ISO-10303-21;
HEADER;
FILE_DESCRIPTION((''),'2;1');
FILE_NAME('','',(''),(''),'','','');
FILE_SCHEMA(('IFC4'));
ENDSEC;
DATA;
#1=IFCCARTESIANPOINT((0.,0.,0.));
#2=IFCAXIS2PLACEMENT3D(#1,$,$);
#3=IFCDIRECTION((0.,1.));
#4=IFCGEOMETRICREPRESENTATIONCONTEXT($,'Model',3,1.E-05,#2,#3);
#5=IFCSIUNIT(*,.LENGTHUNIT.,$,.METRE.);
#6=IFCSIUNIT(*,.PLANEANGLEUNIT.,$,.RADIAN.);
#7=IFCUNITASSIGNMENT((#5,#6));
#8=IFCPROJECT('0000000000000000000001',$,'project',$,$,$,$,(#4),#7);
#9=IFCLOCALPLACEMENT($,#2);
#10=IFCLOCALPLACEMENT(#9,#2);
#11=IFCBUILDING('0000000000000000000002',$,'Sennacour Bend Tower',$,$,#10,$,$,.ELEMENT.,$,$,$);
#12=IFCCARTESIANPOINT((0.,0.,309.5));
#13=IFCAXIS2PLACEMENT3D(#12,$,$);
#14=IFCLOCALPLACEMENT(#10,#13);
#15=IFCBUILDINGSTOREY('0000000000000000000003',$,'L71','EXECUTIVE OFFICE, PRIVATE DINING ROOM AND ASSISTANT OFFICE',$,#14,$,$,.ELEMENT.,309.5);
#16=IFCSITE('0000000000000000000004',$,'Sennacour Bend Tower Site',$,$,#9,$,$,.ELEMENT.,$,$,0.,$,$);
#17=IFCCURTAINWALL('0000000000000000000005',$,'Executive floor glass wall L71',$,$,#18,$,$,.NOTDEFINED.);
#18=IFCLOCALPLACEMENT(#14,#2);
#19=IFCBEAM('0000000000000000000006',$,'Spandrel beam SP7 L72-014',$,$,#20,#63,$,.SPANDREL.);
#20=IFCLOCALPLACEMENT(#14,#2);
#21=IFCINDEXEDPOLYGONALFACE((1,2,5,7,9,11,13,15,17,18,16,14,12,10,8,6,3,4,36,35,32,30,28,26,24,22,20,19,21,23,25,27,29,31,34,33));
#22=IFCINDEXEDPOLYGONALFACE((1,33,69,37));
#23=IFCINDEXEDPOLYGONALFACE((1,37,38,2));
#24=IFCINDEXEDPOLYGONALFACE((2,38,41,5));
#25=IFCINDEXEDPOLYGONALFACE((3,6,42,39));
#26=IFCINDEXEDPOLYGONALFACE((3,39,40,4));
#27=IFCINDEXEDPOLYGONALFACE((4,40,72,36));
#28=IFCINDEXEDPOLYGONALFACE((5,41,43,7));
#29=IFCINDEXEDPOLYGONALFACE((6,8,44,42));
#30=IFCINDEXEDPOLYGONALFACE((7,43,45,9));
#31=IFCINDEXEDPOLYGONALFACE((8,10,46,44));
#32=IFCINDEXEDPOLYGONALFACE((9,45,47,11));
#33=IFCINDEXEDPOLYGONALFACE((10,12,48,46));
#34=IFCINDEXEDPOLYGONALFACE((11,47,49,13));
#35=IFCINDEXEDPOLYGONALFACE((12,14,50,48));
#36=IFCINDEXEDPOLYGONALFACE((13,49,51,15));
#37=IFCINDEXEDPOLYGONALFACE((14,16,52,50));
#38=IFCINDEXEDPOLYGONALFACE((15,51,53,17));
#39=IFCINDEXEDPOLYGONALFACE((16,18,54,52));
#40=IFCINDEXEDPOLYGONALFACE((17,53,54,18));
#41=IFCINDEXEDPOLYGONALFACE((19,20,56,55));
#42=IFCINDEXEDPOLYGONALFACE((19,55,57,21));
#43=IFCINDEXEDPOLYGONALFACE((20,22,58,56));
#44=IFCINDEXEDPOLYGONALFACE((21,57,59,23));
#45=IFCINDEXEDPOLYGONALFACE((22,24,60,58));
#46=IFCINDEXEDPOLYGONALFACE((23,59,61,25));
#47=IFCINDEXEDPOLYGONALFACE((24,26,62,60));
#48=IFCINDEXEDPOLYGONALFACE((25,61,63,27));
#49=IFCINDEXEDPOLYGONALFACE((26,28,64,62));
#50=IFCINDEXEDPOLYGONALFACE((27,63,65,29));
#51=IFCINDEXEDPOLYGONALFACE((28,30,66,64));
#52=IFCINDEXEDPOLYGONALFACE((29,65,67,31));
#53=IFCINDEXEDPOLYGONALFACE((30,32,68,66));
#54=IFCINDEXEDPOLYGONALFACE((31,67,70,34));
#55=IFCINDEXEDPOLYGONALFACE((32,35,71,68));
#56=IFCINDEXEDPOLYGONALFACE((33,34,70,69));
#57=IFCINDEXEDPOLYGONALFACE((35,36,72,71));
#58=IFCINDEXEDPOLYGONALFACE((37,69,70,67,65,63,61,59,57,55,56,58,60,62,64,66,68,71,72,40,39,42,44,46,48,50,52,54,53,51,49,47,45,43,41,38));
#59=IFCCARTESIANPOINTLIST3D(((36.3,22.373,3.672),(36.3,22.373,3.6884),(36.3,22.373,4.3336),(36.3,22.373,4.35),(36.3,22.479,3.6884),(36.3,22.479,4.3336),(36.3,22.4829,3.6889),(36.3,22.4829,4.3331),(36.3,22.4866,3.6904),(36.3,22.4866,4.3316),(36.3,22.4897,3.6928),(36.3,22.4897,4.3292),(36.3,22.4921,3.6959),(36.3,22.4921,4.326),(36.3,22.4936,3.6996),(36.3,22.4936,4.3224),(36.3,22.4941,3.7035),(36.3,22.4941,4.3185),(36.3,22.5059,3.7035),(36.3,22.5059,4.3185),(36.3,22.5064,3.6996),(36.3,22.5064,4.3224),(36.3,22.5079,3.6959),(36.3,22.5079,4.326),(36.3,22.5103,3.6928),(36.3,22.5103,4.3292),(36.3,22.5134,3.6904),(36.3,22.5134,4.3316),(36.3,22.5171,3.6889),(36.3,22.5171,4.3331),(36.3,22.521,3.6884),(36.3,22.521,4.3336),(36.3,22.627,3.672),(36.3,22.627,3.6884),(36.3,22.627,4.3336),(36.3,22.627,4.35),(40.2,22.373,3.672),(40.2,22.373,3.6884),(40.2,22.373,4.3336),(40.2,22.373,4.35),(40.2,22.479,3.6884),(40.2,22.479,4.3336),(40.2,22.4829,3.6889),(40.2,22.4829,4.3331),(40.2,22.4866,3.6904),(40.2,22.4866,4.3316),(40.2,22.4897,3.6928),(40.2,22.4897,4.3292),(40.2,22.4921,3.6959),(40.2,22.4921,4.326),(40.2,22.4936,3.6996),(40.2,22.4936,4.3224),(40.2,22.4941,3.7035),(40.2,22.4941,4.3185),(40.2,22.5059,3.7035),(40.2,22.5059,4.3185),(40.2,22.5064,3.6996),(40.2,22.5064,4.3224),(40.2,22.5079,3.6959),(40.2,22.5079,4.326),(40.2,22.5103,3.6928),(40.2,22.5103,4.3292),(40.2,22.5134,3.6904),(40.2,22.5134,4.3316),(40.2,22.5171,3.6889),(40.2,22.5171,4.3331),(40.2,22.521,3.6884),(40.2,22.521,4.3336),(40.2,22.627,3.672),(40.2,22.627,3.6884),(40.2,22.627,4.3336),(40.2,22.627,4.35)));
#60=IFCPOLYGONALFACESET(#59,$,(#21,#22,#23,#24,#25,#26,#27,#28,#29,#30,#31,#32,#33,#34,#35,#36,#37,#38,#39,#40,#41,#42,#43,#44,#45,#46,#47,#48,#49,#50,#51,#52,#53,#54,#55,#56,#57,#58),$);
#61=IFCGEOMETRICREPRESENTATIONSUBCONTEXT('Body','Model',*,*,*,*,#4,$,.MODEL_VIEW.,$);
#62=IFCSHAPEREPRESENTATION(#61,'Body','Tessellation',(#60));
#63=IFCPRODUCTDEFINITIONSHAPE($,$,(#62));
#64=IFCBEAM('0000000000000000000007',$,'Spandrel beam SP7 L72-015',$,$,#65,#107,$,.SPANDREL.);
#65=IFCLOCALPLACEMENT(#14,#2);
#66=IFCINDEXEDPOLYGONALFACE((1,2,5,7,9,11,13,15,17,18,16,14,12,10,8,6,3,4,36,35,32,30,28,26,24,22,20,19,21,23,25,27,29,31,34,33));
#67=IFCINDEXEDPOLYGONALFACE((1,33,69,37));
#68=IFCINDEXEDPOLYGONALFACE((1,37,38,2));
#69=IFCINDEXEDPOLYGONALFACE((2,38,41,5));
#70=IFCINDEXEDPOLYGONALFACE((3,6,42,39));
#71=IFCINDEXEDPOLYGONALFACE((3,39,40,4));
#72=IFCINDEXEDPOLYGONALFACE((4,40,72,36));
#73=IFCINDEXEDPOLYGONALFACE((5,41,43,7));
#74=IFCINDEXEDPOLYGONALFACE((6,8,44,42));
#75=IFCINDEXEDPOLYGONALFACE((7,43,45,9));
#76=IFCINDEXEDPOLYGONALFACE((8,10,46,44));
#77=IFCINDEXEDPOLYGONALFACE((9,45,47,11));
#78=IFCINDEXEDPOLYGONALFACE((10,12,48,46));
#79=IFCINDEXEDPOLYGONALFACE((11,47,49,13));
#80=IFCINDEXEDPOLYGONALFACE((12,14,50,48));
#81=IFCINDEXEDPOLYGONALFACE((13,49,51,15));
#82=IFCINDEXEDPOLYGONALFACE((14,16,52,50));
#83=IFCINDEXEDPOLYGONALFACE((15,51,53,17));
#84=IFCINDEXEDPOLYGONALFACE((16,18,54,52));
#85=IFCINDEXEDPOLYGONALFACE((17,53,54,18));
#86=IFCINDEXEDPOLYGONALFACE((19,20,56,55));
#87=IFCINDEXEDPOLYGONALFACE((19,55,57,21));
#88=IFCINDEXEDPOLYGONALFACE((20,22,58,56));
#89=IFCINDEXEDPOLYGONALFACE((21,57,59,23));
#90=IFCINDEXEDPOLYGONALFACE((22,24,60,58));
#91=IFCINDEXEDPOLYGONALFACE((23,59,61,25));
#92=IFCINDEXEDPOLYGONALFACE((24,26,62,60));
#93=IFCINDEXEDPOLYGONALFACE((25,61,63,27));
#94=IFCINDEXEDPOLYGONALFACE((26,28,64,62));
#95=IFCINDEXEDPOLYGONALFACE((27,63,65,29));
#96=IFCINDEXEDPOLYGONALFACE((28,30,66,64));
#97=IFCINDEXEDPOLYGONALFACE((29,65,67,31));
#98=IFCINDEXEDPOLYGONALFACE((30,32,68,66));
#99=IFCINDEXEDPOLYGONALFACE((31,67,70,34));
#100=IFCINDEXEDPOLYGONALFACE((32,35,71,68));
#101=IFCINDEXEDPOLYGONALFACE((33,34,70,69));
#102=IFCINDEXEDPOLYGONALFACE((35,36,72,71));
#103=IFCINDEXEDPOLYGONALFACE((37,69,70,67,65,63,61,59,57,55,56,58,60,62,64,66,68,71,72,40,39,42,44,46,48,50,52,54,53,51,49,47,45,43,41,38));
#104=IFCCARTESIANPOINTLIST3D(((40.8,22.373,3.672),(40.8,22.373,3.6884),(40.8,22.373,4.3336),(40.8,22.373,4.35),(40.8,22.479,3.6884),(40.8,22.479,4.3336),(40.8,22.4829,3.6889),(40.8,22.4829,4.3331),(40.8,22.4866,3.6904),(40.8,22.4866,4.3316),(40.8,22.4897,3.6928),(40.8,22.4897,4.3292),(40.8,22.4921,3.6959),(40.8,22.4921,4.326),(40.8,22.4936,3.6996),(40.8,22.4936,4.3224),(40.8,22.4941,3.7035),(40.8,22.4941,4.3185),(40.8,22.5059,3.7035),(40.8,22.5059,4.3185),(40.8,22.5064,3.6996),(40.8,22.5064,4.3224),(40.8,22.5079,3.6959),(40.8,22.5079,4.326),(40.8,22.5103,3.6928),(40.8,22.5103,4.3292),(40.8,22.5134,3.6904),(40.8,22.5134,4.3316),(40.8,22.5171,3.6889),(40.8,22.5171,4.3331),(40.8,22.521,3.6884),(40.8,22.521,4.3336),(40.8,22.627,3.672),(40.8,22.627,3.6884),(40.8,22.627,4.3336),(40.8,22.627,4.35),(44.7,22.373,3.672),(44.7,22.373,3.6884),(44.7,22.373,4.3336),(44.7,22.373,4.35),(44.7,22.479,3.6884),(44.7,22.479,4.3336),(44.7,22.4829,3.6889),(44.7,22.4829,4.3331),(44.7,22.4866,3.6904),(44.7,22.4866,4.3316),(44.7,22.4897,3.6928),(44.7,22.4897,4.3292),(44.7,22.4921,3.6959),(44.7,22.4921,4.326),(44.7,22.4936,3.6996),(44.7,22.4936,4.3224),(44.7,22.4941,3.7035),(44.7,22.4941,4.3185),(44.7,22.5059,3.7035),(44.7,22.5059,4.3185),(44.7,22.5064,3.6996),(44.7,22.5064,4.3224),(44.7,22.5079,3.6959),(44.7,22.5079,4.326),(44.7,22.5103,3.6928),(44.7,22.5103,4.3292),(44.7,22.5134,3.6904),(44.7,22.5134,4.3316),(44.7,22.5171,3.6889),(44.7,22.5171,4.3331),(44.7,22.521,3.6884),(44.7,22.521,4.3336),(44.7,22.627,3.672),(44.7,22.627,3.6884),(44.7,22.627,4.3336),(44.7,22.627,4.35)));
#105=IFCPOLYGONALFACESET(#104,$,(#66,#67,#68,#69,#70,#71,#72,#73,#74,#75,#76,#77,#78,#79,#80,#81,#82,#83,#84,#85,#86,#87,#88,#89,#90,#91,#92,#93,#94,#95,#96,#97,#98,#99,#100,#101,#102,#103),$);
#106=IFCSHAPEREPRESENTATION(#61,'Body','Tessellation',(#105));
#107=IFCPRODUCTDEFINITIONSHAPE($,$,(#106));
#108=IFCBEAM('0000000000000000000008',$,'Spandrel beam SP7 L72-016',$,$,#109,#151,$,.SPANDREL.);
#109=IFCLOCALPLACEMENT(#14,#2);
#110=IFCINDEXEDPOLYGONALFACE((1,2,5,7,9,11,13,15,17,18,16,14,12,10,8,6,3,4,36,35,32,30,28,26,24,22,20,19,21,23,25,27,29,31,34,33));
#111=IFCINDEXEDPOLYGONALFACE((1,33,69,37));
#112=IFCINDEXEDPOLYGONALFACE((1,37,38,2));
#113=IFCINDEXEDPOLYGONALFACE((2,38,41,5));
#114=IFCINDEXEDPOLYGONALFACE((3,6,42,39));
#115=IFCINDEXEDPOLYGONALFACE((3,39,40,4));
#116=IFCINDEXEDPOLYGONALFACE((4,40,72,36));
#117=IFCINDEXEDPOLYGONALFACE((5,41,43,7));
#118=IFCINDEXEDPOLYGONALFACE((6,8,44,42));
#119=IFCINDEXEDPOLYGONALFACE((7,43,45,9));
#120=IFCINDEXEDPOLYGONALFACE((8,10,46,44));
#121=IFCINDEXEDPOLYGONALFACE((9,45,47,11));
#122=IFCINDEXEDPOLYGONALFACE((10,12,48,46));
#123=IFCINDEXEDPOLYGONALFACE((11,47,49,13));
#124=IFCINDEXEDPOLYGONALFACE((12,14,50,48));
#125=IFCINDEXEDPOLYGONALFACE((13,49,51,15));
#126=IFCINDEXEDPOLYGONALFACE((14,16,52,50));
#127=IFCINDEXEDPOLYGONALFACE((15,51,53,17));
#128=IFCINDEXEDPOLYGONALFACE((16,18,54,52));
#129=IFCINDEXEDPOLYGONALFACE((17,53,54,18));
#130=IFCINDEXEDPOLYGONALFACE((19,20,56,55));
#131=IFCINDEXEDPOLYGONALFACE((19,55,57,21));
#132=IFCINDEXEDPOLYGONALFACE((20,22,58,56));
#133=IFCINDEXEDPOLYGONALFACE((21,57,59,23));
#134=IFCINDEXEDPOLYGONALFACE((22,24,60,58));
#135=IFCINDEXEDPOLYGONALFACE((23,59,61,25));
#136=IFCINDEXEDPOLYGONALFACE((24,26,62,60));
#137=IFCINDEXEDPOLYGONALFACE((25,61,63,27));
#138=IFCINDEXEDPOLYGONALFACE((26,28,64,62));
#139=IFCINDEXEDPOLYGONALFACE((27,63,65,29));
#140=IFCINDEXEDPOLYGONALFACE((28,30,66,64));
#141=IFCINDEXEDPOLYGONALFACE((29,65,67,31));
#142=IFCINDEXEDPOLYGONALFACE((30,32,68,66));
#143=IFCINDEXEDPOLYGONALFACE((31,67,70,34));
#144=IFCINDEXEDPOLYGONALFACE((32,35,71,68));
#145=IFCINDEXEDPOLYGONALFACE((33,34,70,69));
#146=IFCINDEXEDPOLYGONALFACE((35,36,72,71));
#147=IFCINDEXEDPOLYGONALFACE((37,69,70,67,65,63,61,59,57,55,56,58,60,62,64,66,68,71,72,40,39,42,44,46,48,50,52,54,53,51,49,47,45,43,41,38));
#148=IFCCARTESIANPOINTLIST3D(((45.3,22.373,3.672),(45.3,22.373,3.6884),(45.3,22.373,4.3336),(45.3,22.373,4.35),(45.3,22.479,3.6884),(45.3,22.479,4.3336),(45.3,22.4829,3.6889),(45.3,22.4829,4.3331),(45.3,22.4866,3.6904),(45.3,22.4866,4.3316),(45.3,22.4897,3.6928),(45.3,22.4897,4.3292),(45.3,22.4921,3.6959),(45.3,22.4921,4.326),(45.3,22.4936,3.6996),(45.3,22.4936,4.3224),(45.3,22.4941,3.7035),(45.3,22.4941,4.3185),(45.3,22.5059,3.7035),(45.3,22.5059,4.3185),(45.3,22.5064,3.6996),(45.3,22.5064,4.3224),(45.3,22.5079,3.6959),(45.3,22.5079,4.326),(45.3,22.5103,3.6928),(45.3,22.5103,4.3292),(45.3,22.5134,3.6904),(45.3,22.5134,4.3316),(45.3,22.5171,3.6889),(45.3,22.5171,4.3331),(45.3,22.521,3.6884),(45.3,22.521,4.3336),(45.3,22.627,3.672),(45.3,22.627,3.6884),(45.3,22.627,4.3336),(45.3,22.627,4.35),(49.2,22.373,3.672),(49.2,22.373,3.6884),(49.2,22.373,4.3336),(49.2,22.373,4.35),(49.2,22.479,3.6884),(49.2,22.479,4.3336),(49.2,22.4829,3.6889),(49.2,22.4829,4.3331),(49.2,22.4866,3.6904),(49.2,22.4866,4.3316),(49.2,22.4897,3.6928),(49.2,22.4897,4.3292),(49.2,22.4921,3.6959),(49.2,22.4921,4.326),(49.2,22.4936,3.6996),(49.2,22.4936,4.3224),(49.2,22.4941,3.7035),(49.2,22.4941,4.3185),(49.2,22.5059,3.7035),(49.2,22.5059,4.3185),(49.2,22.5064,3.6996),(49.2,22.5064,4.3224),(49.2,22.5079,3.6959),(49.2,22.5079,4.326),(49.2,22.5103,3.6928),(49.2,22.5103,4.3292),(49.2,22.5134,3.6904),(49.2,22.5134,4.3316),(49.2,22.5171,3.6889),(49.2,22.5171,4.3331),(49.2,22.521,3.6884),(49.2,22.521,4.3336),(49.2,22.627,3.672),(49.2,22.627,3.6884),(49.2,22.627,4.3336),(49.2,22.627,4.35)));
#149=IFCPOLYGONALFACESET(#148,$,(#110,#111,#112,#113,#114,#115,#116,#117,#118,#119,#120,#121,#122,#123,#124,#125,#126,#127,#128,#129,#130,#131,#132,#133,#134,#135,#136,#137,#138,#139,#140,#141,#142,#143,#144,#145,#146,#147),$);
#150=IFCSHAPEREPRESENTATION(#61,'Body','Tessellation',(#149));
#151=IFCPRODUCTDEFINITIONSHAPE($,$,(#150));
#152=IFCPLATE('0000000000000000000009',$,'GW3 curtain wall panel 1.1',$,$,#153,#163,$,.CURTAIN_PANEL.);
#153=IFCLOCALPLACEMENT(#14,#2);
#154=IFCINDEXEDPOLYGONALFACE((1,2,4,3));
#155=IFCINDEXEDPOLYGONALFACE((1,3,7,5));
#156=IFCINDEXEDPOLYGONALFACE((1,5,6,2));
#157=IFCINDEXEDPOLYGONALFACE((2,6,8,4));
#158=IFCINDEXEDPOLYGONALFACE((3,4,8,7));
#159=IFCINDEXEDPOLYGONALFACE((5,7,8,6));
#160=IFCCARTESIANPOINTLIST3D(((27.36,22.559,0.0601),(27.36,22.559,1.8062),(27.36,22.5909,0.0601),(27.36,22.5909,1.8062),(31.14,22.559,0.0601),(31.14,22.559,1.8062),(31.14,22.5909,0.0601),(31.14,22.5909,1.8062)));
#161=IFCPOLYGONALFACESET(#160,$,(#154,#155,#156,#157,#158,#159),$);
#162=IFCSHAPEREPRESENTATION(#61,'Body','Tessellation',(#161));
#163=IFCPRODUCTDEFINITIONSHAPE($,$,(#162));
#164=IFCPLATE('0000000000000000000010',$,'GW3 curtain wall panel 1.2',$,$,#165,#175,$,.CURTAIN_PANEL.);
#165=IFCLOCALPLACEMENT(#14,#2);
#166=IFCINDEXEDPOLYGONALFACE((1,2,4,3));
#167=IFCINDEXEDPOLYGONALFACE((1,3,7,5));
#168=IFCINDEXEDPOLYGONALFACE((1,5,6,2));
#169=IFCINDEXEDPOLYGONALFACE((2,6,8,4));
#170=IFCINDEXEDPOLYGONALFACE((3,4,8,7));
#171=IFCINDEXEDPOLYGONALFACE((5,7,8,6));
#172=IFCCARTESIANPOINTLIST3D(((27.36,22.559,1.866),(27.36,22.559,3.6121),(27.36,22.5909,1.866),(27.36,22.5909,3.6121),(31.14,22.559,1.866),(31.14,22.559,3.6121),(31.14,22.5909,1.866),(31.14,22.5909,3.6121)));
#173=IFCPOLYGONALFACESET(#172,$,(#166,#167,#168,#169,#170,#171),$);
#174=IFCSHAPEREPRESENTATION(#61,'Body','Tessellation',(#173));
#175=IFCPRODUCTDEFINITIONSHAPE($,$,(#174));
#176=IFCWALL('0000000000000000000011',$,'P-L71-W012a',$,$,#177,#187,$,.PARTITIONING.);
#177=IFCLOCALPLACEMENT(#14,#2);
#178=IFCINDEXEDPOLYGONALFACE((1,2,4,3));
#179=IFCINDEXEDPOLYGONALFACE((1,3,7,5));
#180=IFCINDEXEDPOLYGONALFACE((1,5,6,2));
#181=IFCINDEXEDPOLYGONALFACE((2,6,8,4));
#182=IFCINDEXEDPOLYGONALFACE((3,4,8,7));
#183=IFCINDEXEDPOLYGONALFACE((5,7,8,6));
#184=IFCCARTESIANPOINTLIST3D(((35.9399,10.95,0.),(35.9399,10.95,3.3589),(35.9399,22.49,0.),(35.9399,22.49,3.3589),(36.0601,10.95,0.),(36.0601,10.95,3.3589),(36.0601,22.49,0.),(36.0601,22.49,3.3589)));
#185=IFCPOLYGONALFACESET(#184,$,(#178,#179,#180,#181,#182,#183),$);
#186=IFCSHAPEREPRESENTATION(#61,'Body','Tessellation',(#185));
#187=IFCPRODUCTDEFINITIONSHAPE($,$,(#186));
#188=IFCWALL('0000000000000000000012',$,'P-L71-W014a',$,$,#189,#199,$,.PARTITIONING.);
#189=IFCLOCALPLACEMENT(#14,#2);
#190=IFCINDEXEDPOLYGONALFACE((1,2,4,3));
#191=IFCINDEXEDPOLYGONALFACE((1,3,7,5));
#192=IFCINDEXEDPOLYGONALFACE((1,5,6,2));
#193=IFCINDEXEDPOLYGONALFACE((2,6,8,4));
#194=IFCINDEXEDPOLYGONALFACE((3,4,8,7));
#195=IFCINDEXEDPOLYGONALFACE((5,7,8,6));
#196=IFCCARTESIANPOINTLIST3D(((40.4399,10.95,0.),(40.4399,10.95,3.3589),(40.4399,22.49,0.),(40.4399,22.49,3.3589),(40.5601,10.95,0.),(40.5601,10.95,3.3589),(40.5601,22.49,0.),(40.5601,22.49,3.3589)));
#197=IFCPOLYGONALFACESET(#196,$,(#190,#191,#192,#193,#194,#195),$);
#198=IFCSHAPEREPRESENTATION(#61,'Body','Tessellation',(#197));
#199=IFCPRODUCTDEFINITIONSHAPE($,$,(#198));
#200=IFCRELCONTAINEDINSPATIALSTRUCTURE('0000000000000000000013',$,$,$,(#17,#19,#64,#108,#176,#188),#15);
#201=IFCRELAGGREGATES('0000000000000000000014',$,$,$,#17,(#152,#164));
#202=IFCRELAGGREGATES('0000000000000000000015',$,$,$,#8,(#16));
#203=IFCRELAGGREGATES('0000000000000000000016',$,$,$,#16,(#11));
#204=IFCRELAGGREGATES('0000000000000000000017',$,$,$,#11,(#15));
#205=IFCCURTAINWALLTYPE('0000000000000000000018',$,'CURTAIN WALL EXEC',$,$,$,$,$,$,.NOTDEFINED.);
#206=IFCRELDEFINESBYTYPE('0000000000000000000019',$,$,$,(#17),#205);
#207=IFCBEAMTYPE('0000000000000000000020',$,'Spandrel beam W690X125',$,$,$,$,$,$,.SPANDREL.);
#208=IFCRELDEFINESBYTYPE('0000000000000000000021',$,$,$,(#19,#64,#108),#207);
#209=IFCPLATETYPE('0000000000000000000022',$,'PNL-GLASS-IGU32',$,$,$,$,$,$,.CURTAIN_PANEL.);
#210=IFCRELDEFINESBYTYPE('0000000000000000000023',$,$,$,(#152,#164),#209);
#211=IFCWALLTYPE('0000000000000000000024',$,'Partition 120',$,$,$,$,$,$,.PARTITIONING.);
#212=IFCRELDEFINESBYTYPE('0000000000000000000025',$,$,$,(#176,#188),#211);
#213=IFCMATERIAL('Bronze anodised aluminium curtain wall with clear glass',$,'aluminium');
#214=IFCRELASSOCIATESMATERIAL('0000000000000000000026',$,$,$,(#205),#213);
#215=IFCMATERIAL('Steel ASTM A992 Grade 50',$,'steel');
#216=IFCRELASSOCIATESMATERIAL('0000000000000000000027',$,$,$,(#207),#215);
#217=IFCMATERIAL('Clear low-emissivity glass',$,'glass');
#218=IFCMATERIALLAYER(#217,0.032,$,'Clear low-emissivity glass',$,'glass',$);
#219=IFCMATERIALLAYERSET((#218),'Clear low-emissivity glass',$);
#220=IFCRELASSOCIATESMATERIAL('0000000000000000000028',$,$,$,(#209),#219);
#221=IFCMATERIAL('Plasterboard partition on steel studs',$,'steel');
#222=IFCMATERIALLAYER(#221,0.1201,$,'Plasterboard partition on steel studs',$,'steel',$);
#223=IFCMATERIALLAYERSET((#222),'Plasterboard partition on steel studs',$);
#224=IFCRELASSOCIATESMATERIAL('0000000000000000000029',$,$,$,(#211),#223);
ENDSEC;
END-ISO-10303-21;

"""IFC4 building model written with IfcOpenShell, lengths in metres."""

from ifc_helpers import new_model, si_unit, direction, frame, frame_2d, origin, origin_2d, place, context, subcontext, project, spatial, rectangle, i_section, extrude, material, layer, layer_set, material_profile, profile_set, type_object, element, aggregate, save


model = new_model("IFC4")

# Units and contexts
model_context = context("Model", 3, precision=1e-05, world=origin(), true_north=direction((0.0, 1.0)))
body_context = subcontext(model_context, "Body", "Model", "MODEL_VIEW")
ifc_project = project(units=[si_unit("LENGTHUNIT", "METRE"), si_unit("PLANEANGLEUNIT", "RADIAN")], contexts=[model_context])

# Site, building, storey
site_placement = place(None, origin())
site = spatial("IfcSite", under=ifc_project, at=site_placement, Name="Sennacour Bend Tower Site", CompositionType="ELEMENT", RefElevation=0.0)
building_placement = place(site_placement, origin())
building = spatial("IfcBuilding", under=site, at=building_placement, Name="Sennacour Bend Tower", CompositionType="ELEMENT")
storey_placement = place(building_placement, frame((0.0, 0.0, 309.5)))
storey = spatial("IfcBuildingStorey", under=building, at=storey_placement, Name="L71", Description="EXECUTIVE OFFICE, PRIVATE DINING ROOM AND ASSISTANT OFFICE", CompositionType="ELEMENT", Elevation=309.5)

# Curtain wall
ifc_material_1 = material(Name="Bronze anodised aluminium curtain wall with clear glass", Category="aluminium")
curtain_wall_type = type_object("IfcCurtainWallType", Name="CURTAIN WALL EXEC", PredefinedType="NOTDEFINED", material=ifc_material_1)
curtain_wall_placement = place(storey_placement, origin())
curtain_wall = element("IfcCurtainWall", 1, at=curtain_wall_placement, inside=storey, type_object=curtain_wall_type, Name="Executive floor glass wall L71", PredefinedType="NOTDEFINED")

# Beams
ifc_material_2 = material(Name="Steel ASTM A992 Grade 50", Category="steel")
ifc_material_profile_1 = material_profile(ifc_material_2, i_section(OverallWidth=0.2539, OverallDepth=0.678, WebThickness=0.0117, FlangeThickness=0.0164, FilletRadius=0.0151, at=origin_2d()), Name="Steel ASTM A992 Grade 50", Category="steel")
ifc_profile_set_1 = profile_set([ifc_material_profile_1], Name="Steel ASTM A992 Grade 50")
beam_type = type_object("IfcBeamType", Name="Spandrel beam W690X125", PredefinedType="SPANDREL", material=ifc_profile_set_1)
for number, where, z_axis, x_axis, name in (
    (2, (36.3, 22.5, 4.011), (1.0, 0.0, 0.0), (0.0, 1.0, 0.0), "Spandrel beam SP7 L72-014"),
    (3, (40.8, 22.5, 4.011), (1.0, 0.0, 0.0), (0.0, 1.0, 0.0), "Spandrel beam SP7 L72-015"),
    (4, (45.3, 22.5, 4.011), (1.0, 0.0, 0.0), (0.0, 1.0, 0.0), "Spandrel beam SP7 L72-016"),
):
    element("IfcBeam", number, at=place(storey_placement, frame(where, z_axis=z_axis, x_axis=x_axis)), inside=storey, type_object=beam_type, Name=name, PredefinedType="SPANDREL", context=body_context, shape_type="SweptSolid", body=[
        extrude(i_section(OverallWidth=0.2539, OverallDepth=0.678, WebThickness=0.0117, FlangeThickness=0.0164, FilletRadius=0.0151, at=origin_2d()), origin(), (0.0, 0.0, 1.0), 3.8999),
    ])

# Plates
ifc_material_3 = material(Name="Clear low-emissivity glass", Category="glass")
ifc_layer_1 = layer(ifc_material_3, 0.032, Name="Clear low-emissivity glass", Category="glass")
ifc_layer_set_1 = layer_set([ifc_layer_1], Name="Clear low-emissivity glass")
plate_type = type_object("IfcPlateType", Name="PNL-GLASS-IGU32", PredefinedType="CURTAIN_PANEL", material=ifc_layer_set_1)
plate_1_placement = place(storey_placement, frame((29.25, 22.575, 0.0601), z_axis=(0.0, 0.0, 1.0), x_axis=(-1.0, 0.0, 0.0)))
plate_1 = element("IfcPlate", 5, at=plate_1_placement, type_object=plate_type, Name="GW3 curtain wall panel 1.1", PredefinedType="CURTAIN_PANEL", context=body_context, shape_type="SweptSolid", body=[
    extrude(rectangle(XDim=3.78, YDim=0.032, at=origin_2d()), origin(), (0.0, 0.0, 1.0), 1.7461),
])
plate_2_placement = place(storey_placement, frame((29.25, 22.575, 1.866), z_axis=(0.0, 0.0, 1.0), x_axis=(-1.0, 0.0, 0.0)))
plate_2 = element("IfcPlate", 6, at=plate_2_placement, type_object=plate_type, Name="GW3 curtain wall panel 1.2", PredefinedType="CURTAIN_PANEL", context=body_context, shape_type="SweptSolid", body=[
    extrude(rectangle(XDim=3.78, YDim=0.032, at=origin_2d()), origin(), (0.0, 0.0, 1.0), 1.7461),
])
aggregate(curtain_wall, [plate_1, plate_2])

# Walls
ifc_material_4 = material(Name="Plasterboard partition on steel studs", Category="steel")
ifc_layer_2 = layer(ifc_material_4, 0.1201, Name="Plasterboard partition on steel studs", Category="steel")
ifc_layer_set_2 = layer_set([ifc_layer_2], Name="Plasterboard partition on steel studs")
wall_type_1 = type_object("IfcWallType", Name="Partition 120", PredefinedType="PARTITIONING", material=ifc_layer_set_2)
for number, where, z_axis, x_axis, name in (
    (7, (36.0, 10.95, 0.0), (0.0, 0.0, 1.0), (0.0, 1.0, 0.0), "P-L71-W012a"),
    (8, (40.5, 10.95, 0.0), (0.0, 0.0, 1.0), (0.0, 1.0, 0.0), "P-L71-W014a"),
):
    element("IfcWall", number, at=place(storey_placement, frame(where, z_axis=z_axis, x_axis=x_axis)), inside=storey, type_object=wall_type_1, Name=name, PredefinedType="PARTITIONING", context=body_context, shape_type="SweptSolid", body=[
        extrude(rectangle(XDim=11.54, YDim=0.1201, at=frame_2d((5.77, 0.0))), origin(), (0.0, 0.0, 1.0), 3.3589),
    ])

save(model, "model.ifc")
